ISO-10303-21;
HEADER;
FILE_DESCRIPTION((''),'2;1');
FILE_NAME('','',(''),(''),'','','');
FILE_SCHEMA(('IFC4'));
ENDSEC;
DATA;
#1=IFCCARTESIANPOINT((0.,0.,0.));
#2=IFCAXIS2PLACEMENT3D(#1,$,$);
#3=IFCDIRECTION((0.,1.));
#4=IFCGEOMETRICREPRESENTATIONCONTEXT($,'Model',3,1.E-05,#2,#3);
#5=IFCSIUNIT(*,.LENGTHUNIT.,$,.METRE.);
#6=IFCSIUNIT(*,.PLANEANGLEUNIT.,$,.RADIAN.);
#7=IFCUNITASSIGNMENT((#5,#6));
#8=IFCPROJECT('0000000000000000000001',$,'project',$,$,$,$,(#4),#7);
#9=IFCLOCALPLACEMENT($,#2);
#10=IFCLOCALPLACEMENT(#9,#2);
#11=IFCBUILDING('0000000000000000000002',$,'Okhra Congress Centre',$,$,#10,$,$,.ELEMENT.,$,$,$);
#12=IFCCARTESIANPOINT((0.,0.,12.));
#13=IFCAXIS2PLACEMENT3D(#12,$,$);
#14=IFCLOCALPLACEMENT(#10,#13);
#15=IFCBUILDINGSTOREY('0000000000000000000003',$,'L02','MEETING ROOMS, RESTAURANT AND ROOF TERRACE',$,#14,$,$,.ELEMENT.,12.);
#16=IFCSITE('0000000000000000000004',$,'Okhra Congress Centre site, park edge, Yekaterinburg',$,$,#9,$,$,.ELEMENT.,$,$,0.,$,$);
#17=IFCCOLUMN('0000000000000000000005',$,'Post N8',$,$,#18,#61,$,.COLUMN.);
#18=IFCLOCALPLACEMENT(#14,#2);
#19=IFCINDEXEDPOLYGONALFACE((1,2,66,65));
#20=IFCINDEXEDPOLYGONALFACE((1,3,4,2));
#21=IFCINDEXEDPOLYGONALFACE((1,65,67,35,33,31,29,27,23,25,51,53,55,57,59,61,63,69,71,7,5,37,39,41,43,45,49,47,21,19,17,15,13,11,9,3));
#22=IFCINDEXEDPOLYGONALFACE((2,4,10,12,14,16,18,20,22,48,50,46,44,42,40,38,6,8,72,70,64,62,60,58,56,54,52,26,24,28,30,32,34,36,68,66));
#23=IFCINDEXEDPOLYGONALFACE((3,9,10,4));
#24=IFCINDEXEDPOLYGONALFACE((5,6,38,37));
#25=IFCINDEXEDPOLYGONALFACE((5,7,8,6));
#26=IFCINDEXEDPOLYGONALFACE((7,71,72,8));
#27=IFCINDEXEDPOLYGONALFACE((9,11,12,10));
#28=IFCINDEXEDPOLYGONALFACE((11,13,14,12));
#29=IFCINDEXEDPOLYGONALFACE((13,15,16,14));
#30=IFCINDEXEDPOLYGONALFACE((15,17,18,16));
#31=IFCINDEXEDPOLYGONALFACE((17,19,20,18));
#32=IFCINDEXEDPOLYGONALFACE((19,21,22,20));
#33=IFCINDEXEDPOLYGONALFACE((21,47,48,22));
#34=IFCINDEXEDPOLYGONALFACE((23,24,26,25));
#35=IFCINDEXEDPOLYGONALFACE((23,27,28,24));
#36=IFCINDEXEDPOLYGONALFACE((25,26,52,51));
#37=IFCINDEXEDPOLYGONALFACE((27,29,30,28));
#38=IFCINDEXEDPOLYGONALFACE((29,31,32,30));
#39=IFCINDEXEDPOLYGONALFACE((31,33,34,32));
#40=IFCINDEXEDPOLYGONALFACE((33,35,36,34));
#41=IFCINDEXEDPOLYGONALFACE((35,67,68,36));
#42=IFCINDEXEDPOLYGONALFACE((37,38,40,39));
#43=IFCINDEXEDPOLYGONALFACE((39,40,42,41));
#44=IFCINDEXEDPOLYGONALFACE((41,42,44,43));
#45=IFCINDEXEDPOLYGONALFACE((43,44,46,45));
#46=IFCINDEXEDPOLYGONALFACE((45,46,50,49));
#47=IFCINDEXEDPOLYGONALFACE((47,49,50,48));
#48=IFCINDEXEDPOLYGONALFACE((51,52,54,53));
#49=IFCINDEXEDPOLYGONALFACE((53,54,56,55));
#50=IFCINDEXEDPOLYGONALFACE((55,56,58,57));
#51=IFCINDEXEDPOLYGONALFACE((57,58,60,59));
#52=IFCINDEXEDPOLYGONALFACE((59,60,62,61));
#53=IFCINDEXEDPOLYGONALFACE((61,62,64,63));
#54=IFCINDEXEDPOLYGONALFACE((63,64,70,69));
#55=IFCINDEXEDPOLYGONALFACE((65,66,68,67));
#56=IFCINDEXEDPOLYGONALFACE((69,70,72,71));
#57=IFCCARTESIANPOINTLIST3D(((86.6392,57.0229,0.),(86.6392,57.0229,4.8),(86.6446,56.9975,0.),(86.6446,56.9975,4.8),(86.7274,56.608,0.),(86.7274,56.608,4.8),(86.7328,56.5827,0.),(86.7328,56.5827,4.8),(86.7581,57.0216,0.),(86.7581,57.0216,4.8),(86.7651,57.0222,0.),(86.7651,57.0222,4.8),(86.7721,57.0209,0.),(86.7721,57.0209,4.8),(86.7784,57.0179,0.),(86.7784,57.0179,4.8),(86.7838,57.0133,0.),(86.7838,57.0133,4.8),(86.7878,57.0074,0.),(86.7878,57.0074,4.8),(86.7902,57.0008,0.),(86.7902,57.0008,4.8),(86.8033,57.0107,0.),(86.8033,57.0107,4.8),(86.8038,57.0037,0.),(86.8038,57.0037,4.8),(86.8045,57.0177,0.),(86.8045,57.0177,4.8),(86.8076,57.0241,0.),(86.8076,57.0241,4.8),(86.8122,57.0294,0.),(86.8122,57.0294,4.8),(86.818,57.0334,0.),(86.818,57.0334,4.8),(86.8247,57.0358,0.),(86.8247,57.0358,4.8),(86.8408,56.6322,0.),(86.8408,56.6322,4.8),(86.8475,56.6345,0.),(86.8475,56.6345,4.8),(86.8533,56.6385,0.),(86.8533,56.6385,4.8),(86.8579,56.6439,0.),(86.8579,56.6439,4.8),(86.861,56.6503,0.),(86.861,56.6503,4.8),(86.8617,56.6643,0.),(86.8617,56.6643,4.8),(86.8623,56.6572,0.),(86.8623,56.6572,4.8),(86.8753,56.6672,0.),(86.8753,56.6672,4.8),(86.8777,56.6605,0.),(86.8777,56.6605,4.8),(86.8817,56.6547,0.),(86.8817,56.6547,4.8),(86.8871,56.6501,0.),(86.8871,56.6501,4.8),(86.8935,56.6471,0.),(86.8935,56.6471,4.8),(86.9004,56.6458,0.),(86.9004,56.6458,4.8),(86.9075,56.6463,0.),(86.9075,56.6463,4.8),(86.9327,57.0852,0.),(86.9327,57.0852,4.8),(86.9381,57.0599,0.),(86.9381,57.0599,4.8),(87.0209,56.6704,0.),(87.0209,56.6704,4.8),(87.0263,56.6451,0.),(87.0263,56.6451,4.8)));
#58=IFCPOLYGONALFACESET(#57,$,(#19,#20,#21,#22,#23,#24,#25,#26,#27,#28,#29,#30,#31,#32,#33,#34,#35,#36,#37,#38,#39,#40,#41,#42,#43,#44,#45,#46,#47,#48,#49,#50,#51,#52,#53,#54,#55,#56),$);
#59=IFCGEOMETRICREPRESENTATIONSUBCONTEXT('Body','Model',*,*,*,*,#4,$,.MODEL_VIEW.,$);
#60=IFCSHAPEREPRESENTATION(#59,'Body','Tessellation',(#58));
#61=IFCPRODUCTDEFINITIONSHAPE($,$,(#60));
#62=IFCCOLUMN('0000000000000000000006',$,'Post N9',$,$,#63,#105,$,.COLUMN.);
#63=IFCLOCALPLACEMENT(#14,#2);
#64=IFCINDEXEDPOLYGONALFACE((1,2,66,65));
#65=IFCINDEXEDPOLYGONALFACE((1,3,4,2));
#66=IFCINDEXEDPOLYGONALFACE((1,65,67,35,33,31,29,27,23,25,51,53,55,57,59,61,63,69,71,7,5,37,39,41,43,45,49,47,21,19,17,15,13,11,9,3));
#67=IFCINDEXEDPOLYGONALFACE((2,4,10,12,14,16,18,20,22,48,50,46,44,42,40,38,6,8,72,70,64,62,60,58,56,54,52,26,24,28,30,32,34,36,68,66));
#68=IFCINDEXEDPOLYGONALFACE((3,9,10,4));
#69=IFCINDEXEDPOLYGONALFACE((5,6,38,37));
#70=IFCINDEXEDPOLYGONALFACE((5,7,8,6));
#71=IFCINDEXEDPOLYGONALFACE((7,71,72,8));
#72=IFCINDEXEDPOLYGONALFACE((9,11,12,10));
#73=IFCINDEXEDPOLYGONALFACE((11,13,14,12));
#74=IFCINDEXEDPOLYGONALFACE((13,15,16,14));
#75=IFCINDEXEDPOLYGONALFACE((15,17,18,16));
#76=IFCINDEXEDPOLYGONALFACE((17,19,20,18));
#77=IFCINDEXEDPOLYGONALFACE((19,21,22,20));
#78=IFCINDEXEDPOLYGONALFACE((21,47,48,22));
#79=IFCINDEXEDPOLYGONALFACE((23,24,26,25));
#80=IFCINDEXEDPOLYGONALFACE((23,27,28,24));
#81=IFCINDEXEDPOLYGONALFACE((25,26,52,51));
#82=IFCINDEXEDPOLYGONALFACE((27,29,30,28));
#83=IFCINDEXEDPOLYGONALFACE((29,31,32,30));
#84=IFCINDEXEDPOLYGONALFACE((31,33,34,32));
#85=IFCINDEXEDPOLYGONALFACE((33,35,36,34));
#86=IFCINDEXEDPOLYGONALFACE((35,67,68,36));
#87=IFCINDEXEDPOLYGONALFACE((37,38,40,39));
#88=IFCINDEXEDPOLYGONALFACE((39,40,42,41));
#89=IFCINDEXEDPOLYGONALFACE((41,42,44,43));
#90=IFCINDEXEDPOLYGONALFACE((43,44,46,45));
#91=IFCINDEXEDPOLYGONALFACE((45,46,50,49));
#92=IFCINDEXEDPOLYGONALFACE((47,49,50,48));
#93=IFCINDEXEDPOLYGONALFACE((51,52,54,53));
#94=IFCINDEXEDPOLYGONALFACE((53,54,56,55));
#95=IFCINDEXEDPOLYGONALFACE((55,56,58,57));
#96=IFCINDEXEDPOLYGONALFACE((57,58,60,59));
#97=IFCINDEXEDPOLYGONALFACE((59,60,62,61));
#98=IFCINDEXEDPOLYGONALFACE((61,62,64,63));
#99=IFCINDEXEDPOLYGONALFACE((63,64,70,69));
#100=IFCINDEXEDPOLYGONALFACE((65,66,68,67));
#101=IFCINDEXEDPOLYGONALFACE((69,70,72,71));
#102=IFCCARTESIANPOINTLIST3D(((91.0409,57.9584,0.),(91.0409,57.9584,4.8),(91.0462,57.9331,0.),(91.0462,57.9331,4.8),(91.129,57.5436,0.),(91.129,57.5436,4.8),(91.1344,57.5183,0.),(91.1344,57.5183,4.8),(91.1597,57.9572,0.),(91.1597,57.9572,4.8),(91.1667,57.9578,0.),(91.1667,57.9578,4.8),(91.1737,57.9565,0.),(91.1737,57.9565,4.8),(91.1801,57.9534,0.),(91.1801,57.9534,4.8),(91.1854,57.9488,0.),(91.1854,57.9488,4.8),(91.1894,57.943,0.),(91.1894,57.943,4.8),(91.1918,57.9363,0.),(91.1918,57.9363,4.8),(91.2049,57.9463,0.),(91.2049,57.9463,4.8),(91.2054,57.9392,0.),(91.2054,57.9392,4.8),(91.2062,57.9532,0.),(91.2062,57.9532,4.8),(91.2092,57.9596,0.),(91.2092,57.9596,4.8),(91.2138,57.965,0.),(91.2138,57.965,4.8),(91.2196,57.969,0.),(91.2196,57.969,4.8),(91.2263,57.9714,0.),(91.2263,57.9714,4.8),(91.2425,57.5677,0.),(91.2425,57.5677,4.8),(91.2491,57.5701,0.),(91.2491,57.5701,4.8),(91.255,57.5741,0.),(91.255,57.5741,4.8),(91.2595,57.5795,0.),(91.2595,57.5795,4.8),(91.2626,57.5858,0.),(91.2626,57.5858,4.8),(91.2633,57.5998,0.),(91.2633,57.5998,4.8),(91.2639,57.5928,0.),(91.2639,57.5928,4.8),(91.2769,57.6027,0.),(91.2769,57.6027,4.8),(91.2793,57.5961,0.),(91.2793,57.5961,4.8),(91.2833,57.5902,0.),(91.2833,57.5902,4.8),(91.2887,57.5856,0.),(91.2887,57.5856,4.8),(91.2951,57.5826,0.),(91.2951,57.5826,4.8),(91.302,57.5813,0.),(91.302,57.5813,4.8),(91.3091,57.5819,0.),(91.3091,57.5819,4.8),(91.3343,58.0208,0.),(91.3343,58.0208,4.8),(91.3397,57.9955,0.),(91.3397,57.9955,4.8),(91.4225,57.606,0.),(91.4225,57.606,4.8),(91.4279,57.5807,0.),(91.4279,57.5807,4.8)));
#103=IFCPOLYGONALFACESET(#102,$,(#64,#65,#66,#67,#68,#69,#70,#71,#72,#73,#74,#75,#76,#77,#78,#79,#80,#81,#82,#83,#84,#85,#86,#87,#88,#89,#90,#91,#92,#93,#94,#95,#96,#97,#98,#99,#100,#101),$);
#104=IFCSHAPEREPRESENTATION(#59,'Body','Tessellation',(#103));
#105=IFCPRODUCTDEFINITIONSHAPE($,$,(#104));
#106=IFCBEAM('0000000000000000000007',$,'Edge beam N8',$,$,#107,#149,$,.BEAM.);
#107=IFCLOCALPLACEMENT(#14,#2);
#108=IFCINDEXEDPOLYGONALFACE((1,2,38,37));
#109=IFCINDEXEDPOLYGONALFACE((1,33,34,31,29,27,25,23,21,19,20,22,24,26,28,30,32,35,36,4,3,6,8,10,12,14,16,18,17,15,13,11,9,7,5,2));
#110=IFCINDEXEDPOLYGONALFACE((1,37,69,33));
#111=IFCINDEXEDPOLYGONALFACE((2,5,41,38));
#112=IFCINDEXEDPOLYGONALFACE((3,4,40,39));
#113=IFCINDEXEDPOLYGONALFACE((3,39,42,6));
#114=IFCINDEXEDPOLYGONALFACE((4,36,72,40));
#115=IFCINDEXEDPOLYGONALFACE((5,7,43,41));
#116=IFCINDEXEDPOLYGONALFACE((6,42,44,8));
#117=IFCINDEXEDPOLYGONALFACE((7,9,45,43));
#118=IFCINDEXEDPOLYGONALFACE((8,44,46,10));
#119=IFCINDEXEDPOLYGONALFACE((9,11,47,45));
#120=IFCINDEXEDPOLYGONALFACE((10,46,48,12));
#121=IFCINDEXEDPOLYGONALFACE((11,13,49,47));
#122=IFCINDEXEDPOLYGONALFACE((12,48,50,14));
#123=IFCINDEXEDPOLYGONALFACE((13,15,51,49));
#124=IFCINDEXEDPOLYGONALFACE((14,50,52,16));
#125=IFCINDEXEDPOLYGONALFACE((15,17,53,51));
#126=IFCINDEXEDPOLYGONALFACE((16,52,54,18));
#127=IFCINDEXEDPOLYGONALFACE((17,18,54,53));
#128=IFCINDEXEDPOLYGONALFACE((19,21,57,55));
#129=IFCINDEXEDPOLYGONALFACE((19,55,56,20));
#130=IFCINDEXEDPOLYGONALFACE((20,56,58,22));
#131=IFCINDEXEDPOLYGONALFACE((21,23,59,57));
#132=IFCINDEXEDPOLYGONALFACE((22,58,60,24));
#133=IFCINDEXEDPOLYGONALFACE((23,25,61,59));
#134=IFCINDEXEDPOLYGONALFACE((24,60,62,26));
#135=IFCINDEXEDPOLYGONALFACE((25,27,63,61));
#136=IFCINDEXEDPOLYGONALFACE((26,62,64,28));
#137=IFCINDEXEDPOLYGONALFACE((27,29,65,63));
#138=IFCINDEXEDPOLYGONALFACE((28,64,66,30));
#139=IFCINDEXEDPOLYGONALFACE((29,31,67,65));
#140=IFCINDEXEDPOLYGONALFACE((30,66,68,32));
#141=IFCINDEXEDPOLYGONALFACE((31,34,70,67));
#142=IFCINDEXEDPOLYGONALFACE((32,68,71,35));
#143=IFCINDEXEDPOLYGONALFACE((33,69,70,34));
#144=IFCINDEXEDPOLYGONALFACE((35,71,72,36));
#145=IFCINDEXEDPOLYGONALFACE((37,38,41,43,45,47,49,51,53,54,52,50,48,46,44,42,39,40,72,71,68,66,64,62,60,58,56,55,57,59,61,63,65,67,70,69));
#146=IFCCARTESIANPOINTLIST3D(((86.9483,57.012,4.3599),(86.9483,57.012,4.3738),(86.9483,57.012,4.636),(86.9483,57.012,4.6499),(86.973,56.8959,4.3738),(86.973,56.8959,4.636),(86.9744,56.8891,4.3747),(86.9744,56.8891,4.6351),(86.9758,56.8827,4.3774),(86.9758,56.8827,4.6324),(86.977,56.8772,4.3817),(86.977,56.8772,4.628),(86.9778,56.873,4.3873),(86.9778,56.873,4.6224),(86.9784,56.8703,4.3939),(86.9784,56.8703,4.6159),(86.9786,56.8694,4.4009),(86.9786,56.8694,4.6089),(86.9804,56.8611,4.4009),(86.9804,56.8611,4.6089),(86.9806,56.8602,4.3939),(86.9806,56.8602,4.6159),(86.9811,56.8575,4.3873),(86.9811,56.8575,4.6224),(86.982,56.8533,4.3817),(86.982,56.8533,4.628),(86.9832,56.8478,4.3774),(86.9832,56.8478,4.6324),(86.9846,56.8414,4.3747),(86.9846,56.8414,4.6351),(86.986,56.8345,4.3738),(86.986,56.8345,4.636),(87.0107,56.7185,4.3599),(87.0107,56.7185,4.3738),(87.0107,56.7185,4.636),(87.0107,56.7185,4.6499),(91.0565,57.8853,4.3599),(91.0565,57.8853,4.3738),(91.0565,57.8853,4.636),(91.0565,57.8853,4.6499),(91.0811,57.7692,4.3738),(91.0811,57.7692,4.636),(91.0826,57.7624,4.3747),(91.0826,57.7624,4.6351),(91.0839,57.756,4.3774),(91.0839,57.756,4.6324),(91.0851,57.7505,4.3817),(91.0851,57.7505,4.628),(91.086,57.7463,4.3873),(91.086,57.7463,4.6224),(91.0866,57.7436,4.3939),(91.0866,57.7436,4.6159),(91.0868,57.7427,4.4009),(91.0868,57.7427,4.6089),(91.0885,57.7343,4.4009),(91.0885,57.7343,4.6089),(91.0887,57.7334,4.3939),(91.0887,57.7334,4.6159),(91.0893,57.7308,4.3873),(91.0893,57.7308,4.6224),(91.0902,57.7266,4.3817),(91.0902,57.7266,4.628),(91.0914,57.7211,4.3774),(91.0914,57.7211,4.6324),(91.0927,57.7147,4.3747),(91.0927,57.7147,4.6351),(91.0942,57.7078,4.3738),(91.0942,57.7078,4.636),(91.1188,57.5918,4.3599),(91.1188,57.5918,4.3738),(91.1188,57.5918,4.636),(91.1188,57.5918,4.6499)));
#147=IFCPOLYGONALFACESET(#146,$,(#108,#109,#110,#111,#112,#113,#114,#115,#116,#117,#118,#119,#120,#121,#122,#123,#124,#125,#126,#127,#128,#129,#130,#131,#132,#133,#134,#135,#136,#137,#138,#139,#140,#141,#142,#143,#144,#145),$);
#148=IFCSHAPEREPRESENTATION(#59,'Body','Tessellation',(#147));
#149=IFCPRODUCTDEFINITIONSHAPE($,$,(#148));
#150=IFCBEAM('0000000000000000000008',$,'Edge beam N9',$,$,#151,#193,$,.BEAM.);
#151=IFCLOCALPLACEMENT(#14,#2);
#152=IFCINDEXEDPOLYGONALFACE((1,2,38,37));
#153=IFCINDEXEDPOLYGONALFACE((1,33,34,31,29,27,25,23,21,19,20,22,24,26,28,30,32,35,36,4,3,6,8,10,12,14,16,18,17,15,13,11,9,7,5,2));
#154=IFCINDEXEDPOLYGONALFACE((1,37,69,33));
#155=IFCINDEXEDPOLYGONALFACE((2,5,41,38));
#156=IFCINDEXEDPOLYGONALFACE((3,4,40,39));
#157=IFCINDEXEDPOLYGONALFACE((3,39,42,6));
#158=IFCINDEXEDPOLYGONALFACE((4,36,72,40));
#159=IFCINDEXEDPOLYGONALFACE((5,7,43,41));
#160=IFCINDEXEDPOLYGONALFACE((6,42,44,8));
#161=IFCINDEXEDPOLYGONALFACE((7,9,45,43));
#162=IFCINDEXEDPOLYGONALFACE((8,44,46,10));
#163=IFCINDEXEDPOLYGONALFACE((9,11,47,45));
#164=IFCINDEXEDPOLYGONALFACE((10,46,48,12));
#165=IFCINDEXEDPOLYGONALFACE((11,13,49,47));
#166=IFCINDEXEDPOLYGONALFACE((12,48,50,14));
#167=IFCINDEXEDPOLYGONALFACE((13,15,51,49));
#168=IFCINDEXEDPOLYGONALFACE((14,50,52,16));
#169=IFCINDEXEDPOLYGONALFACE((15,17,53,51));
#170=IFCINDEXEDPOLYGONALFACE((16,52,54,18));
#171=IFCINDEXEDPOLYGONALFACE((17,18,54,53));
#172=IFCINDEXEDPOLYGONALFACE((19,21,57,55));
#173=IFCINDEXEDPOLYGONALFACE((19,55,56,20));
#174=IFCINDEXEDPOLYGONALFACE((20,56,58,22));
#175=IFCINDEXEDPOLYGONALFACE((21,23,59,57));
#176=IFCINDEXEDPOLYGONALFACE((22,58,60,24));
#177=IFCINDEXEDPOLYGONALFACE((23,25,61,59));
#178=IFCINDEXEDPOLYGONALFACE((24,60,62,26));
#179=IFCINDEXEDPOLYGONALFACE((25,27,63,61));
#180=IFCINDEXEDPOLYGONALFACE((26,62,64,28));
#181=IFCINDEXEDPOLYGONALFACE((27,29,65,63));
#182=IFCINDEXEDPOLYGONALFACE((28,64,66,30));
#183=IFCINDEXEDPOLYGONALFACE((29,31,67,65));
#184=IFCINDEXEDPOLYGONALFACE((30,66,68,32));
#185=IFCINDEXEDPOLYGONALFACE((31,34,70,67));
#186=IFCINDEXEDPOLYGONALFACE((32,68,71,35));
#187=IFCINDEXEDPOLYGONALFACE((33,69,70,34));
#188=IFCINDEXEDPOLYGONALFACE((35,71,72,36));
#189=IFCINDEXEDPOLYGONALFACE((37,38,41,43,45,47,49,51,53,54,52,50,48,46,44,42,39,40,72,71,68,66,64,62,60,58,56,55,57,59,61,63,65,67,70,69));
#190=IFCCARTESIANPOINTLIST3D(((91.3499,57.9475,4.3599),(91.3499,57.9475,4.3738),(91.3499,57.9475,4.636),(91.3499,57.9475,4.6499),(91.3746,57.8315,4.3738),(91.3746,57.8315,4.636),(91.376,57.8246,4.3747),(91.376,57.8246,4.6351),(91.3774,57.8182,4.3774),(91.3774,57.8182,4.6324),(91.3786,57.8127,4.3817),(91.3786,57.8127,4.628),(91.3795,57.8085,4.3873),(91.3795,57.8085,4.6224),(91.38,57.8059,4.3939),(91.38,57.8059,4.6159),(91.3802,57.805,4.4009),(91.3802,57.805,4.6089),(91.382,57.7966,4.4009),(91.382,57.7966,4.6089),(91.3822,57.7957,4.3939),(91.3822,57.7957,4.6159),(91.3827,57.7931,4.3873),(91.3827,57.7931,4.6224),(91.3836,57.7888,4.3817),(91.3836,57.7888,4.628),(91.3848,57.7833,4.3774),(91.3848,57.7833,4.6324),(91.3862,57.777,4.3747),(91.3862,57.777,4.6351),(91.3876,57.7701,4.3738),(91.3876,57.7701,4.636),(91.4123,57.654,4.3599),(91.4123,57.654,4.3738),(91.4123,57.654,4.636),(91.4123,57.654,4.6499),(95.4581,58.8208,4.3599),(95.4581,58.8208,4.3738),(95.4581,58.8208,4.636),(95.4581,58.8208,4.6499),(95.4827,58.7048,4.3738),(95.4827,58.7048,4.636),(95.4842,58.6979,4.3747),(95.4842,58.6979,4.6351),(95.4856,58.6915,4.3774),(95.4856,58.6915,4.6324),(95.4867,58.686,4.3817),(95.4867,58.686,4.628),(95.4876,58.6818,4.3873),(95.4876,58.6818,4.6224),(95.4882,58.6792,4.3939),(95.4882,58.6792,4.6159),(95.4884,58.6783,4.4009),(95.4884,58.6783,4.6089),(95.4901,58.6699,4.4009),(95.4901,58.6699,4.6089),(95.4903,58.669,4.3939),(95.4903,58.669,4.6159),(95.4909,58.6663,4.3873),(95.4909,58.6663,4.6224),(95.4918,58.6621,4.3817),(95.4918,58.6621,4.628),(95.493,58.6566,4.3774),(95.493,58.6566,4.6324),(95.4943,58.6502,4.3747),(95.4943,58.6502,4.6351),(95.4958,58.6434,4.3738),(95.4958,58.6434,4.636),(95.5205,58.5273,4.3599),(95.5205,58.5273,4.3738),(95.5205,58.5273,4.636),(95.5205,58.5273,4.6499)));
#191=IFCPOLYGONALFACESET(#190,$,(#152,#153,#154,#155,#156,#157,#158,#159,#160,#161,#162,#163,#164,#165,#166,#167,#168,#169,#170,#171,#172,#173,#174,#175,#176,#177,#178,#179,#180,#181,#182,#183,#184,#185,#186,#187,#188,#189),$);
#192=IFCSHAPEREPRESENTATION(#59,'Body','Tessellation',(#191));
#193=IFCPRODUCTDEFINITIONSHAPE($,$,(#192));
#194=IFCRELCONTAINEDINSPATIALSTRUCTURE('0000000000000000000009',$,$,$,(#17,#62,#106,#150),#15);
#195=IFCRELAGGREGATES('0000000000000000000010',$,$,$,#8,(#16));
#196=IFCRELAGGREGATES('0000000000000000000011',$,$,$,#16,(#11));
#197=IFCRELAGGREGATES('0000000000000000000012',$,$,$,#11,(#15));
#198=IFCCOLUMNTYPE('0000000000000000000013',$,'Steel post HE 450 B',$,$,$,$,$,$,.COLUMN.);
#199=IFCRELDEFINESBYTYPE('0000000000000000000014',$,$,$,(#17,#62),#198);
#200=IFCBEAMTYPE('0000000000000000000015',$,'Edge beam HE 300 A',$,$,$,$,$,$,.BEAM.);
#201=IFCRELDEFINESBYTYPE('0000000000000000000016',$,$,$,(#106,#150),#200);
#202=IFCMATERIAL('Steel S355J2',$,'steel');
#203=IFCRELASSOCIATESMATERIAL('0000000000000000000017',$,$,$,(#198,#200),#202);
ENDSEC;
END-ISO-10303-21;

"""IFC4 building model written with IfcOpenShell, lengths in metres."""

from ifc_helpers import new_model, si_unit, direction, frame, origin, origin_2d, place, context, subcontext, project, spatial, i_section, extrude, material, material_profile, profile_set, type_object, element, save


model = new_model("IFC4")

# Units and contexts
model_context = context("Model", 3, precision=1e-05, world=origin(), true_north=direction((0.0, 1.0)))
body_context = subcontext(model_context, "Body", "Model", "MODEL_VIEW")
ifc_project = project(units=[si_unit("LENGTHUNIT", "METRE"), si_unit("PLANEANGLEUNIT", "RADIAN")], contexts=[model_context])

# Site, building, storey
site_placement = place(None, origin())
site = spatial("IfcSite", under=ifc_project, at=site_placement, Name="Okhra Congress Centre site, park edge, Yekaterinburg", CompositionType="ELEMENT", RefElevation=0.0)
building_placement = place(site_placement, origin())
building = spatial("IfcBuilding", under=site, at=building_placement, Name="Okhra Congress Centre", CompositionType="ELEMENT")
storey_placement = place(building_placement, frame((0.0, 0.0, 12.0)))
storey = spatial("IfcBuildingStorey", under=building, at=storey_placement, Name="L02", Description="MEETING ROOMS, RESTAURANT AND ROOF TERRACE", CompositionType="ELEMENT", Elevation=12.0)

# Columns
ifc_material_1 = material(Name="Steel S355J2", Category="steel")
ifc_material_profile_1 = material_profile(ifc_material_1, i_section(OverallWidth=0.3, OverallDepth=0.45, WebThickness=0.0139, FlangeThickness=0.0259, FilletRadius=0.0271, at=origin_2d()), Name="HE 450 B")
ifc_profile_set_1 = profile_set([ifc_material_profile_1], Name="Steel S355J2")
column_type = type_object("IfcColumnType", Name="Steel post HE 450 B", PredefinedType="COLUMN", material=ifc_profile_set_1)
for number, where, z_axis, x_axis, name in (
    (1, (86.8328, 56.834, 0.0), (0.0, 0.0, 1.0), (0.978148, 0.207912, 0.0), "Post N8"),
    (2, (91.2344, 57.7695, 0.0), (0.0, 0.0, 1.0), (0.978148, 0.207912, 0.0), "Post N9"),
):
    element("IfcColumn", number, at=place(storey_placement, frame(where, z_axis=z_axis, x_axis=x_axis)), inside=storey, type_object=column_type, Name=name, PredefinedType="COLUMN", context=body_context, shape_type="SweptSolid", body=[
        extrude(i_section(OverallWidth=0.3, OverallDepth=0.45, WebThickness=0.0139, FlangeThickness=0.0259, FilletRadius=0.0271, at=origin_2d()), origin(), (0.0, 0.0, 1.0), 4.8),
    ])

# Beams
ifc_material_profile_2 = material_profile(ifc_material_1, i_section(OverallWidth=0.3, OverallDepth=0.29, WebThickness=0.0085, FlangeThickness=0.0139, FilletRadius=0.0271, at=origin_2d()), Name="HE 300 A")
ifc_profile_set_2 = profile_set([ifc_material_profile_2], Name="Steel S355J2")
beam_type_1 = type_object("IfcBeamType", Name="Edge beam HE 300 A", PredefinedType="BEAM", material=ifc_profile_set_2)
for number, where, z_axis, x_axis, name in (
    (3, (86.9795, 56.8652, 4.5049), (0.978144, 0.207929, 0.0), (-0.207929, 0.978144, 0.0), "Edge beam N8"),
    (4, (91.3811, 57.8008, 4.5049), (0.978144, 0.207929, 0.0), (-0.207929, 0.978144, 0.0), "Edge beam N9"),
):
    element("IfcBeam", number, at=place(storey_placement, frame(where, z_axis=z_axis, x_axis=x_axis)), inside=storey, type_object=beam_type_1, Name=name, PredefinedType="BEAM", context=body_context, shape_type="SweptSolid", body=[
        extrude(i_section(OverallWidth=0.3, OverallDepth=0.29, WebThickness=0.0085, FlangeThickness=0.0139, FilletRadius=0.0271, at=origin_2d()), origin(), (0.0, 0.0, 1.0), 4.2),
    ])

save(model, "model.ifc")
